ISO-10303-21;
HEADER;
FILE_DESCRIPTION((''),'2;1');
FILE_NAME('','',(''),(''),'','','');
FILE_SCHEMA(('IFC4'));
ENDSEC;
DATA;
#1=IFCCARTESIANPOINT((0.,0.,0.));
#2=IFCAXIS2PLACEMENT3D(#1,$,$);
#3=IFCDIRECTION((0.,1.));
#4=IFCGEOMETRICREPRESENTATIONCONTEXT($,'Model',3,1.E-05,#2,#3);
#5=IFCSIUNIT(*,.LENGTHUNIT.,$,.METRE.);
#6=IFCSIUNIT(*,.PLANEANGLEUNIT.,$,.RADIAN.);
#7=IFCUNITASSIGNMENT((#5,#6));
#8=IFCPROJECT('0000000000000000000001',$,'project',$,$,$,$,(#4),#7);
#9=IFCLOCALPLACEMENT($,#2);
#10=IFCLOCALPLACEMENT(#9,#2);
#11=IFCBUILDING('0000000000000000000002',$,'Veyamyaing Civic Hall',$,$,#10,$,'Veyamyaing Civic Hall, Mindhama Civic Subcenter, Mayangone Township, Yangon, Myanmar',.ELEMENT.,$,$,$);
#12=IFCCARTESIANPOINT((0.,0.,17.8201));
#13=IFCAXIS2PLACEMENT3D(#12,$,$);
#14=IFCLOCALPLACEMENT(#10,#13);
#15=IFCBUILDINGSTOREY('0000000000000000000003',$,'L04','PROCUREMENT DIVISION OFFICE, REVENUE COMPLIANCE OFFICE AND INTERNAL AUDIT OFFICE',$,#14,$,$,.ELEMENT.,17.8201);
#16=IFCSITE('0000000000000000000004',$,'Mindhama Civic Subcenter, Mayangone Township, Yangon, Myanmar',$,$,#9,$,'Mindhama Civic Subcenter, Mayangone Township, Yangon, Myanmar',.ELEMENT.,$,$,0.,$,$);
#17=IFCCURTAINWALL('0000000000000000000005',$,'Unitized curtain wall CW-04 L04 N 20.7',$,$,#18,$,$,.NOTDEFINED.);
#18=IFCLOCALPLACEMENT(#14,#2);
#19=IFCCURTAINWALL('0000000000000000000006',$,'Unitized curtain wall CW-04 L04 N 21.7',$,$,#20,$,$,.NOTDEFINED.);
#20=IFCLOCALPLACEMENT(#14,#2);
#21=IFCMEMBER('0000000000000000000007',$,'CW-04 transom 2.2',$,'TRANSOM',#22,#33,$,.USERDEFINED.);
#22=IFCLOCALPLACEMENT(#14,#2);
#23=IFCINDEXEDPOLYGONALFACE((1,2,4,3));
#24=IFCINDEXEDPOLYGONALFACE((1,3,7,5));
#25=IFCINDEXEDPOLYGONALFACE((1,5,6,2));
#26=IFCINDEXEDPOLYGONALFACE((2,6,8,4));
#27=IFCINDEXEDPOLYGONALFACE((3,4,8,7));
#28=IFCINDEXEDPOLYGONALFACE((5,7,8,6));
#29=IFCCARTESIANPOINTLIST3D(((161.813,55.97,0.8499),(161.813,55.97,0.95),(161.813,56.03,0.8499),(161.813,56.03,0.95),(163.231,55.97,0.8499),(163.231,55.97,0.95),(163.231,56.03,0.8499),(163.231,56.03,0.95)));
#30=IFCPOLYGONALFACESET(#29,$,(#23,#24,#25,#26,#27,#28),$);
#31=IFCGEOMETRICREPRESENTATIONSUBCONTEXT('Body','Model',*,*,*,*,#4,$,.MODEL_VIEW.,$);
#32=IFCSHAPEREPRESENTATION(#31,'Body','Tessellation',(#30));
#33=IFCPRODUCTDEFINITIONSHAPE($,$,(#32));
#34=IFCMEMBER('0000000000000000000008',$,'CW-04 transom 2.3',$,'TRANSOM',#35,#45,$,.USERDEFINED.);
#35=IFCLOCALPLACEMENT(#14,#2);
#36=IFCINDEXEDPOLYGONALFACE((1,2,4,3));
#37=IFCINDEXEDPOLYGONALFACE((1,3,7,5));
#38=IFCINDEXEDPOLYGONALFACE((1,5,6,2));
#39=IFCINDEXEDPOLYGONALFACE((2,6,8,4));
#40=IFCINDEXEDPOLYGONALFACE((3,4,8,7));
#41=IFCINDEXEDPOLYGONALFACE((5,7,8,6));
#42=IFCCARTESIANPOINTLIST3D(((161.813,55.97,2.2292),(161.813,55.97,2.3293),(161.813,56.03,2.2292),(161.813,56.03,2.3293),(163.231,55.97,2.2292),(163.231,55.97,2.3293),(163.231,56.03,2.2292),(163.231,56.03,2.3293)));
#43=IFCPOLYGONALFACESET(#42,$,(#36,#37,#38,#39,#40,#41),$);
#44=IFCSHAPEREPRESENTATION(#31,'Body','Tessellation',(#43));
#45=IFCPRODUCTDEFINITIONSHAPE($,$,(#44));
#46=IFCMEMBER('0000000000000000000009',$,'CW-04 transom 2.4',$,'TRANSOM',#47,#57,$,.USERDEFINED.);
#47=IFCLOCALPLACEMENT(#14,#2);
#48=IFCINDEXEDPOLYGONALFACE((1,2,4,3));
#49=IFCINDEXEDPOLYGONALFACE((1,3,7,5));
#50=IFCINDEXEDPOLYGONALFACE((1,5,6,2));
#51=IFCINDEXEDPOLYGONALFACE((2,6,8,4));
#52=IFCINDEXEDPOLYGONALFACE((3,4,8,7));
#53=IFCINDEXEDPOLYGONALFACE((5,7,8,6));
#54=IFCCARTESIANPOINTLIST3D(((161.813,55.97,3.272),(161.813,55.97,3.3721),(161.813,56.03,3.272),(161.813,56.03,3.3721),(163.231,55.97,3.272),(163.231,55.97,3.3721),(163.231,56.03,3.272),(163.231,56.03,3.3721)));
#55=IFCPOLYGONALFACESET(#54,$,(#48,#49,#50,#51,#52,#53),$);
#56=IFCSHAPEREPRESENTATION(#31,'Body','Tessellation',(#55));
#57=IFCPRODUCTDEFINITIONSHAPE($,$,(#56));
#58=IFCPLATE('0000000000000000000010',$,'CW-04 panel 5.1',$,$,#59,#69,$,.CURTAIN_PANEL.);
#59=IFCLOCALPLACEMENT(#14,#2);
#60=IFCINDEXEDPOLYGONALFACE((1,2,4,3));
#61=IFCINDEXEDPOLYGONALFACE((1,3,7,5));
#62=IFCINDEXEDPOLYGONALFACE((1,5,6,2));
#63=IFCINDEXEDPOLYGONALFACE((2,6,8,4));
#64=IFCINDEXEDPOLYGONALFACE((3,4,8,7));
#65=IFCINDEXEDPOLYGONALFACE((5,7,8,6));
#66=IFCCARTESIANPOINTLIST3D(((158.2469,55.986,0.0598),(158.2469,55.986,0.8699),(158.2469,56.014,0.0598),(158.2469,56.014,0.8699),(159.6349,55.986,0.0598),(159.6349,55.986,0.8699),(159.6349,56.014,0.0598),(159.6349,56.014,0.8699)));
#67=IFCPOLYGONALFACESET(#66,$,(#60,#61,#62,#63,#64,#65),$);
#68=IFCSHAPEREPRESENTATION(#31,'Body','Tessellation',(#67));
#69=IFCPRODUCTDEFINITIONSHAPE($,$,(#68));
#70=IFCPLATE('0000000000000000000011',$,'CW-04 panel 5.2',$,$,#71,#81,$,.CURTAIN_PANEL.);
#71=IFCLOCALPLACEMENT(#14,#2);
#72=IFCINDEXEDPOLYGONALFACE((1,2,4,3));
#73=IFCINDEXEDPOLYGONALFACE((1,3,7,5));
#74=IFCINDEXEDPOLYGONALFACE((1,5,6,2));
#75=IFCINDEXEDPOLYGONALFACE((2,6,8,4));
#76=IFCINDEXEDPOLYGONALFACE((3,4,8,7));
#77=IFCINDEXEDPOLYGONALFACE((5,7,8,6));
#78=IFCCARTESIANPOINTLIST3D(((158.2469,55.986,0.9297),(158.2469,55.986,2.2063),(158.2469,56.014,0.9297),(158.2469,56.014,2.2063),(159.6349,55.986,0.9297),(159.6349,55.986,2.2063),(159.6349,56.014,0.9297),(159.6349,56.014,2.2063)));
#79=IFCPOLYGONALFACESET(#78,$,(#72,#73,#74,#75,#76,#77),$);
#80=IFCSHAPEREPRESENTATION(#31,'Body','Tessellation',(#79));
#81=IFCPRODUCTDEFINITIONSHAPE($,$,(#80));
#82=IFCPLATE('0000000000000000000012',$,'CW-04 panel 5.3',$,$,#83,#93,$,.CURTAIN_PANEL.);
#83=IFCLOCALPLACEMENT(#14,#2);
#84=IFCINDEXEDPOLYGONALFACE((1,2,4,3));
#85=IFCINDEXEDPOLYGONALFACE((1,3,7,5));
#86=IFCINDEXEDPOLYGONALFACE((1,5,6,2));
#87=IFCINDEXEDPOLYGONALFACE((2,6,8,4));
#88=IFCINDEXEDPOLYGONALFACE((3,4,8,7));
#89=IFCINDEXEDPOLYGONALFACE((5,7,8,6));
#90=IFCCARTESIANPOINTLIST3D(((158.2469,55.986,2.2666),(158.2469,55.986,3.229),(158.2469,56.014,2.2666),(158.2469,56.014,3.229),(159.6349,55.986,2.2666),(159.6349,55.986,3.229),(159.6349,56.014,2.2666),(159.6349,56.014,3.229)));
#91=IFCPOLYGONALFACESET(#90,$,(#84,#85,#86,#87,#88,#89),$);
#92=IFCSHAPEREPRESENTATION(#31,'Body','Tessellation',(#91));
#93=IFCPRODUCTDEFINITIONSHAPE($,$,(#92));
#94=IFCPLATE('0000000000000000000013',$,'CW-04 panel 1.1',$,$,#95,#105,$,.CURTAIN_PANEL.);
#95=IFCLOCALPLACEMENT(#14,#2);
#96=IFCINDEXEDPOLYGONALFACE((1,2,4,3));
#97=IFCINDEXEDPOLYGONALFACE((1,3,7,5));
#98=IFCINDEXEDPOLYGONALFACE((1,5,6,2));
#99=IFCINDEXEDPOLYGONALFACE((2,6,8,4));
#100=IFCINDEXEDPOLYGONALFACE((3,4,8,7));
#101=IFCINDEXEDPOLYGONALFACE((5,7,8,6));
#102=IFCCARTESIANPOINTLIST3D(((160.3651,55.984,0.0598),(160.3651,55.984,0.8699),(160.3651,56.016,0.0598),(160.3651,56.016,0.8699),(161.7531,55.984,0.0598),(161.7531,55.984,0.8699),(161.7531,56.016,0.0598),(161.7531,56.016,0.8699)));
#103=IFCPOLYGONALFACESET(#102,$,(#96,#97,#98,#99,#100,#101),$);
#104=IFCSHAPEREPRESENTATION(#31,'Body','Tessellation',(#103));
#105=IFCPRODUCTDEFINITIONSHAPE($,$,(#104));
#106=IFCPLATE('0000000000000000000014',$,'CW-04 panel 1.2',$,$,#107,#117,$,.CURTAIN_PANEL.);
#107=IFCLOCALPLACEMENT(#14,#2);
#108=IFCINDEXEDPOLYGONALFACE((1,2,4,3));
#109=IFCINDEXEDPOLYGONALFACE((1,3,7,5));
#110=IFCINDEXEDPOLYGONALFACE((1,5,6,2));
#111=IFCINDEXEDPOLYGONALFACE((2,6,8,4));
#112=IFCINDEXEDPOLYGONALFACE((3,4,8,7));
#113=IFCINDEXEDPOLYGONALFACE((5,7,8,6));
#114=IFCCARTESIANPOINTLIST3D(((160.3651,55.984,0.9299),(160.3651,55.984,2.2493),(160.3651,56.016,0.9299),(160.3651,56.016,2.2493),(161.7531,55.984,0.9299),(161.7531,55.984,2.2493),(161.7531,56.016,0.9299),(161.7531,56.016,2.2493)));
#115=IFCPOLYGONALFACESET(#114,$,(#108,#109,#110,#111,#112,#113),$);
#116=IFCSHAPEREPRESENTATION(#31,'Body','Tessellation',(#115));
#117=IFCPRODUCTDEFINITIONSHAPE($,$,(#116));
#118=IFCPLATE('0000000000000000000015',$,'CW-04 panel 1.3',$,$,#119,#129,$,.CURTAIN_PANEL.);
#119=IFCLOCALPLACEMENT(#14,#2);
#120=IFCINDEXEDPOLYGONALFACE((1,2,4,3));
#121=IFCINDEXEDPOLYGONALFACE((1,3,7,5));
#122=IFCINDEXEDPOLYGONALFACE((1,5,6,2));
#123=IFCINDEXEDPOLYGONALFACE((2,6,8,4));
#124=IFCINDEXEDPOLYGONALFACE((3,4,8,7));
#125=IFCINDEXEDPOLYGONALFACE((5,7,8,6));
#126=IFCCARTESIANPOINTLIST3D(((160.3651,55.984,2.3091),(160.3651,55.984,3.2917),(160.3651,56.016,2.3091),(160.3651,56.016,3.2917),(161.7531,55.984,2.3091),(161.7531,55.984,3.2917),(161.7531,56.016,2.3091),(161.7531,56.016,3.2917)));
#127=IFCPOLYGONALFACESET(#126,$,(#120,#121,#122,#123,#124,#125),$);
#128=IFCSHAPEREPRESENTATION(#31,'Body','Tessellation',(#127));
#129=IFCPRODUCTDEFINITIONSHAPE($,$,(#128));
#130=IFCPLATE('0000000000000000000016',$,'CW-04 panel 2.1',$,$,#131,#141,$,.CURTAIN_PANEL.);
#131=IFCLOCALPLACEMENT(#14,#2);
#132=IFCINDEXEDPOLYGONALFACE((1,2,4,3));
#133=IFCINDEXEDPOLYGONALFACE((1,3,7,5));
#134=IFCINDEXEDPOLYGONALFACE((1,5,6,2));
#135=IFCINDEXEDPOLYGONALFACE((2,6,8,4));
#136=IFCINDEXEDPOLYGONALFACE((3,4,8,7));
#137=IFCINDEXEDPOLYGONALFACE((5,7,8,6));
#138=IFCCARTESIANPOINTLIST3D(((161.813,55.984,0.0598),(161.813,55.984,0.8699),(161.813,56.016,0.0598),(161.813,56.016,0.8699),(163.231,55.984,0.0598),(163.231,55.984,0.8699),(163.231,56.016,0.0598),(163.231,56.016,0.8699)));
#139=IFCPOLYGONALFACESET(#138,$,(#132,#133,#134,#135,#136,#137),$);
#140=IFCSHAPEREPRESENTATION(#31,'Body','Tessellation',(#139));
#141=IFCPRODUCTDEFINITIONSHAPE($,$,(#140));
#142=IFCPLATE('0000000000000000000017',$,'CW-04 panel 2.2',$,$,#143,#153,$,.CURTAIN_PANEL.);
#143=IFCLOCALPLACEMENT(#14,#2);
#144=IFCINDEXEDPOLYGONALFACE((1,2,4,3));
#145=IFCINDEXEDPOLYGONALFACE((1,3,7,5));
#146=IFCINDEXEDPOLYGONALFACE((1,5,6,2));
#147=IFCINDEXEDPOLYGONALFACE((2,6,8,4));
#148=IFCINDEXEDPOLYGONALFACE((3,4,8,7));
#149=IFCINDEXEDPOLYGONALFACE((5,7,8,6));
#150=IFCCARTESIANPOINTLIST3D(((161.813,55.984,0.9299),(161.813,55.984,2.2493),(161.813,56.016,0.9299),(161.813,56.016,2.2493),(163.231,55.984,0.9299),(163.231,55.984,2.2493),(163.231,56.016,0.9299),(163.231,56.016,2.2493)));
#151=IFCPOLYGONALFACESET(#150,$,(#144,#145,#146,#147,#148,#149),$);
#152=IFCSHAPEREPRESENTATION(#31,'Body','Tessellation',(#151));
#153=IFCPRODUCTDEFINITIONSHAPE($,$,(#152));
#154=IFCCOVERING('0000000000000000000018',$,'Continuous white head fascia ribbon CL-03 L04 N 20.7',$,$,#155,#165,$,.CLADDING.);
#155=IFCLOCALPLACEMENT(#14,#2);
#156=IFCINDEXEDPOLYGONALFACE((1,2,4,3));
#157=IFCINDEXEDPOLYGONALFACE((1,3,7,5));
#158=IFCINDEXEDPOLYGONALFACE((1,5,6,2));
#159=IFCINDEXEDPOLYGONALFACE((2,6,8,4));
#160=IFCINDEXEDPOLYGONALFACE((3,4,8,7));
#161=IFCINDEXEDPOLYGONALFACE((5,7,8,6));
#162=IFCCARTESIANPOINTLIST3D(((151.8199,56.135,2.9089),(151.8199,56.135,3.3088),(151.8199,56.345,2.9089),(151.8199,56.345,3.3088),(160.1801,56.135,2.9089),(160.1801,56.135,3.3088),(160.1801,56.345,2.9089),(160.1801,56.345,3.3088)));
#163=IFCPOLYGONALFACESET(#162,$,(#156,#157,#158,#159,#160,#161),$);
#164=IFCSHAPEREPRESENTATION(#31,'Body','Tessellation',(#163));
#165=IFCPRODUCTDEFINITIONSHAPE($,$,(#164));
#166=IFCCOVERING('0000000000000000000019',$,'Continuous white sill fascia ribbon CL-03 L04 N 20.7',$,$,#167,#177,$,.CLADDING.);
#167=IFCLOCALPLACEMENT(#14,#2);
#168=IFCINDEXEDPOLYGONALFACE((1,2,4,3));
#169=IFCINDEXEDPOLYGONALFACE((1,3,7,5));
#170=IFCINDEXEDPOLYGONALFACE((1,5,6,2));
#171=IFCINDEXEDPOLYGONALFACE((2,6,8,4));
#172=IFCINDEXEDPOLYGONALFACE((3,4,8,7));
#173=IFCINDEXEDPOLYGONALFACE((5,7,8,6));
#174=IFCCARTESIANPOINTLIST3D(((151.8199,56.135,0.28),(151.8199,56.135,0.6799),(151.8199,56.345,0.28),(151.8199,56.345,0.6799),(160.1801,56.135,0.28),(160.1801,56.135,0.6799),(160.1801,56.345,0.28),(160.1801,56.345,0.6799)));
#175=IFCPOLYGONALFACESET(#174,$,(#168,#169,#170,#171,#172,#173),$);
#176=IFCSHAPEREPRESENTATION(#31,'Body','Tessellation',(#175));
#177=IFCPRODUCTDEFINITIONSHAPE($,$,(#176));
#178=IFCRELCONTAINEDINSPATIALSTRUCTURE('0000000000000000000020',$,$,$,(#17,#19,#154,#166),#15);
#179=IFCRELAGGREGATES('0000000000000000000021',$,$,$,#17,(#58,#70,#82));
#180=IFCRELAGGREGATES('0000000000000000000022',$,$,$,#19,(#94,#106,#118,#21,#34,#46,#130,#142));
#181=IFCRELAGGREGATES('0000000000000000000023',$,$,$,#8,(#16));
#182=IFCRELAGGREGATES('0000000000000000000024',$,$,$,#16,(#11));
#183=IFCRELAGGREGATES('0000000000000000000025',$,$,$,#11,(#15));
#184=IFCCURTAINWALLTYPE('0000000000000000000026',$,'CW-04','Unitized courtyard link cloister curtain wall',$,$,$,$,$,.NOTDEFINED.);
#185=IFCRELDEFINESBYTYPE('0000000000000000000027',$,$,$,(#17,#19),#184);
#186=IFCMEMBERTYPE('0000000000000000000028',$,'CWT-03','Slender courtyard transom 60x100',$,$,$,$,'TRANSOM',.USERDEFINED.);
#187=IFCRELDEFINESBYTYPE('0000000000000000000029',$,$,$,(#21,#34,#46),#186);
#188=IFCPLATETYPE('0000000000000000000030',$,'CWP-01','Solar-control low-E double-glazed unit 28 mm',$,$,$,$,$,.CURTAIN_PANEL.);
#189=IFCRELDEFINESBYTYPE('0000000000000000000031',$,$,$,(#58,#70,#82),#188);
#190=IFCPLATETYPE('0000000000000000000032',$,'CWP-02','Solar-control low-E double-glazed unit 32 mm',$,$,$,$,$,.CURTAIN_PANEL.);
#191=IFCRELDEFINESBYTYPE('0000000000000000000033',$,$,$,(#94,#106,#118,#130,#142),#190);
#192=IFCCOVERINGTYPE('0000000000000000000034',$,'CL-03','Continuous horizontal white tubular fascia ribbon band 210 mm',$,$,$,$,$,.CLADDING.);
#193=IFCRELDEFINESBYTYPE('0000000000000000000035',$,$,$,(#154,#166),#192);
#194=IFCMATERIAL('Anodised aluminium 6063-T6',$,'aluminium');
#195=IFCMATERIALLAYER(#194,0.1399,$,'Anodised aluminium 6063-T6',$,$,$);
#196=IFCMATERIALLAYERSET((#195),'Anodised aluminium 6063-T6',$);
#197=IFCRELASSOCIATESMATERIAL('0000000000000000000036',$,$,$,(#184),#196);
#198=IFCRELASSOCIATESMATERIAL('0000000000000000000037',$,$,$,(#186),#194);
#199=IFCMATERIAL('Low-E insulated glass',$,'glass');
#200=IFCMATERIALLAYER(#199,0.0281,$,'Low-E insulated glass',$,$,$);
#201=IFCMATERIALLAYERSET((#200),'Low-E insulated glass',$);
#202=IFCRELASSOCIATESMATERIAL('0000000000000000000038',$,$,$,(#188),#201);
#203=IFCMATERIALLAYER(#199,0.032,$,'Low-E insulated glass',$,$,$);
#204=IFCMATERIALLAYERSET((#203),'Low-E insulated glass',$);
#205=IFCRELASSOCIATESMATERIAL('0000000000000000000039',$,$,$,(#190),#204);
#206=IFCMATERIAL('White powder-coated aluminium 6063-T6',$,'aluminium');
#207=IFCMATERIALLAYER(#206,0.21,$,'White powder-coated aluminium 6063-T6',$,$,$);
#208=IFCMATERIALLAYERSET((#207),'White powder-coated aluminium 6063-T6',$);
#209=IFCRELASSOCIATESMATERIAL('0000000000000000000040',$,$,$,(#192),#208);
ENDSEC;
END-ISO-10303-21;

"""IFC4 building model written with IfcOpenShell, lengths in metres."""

from ifc_helpers import new_model, si_unit, direction, frame, origin, origin_2d, place, context, subcontext, project, spatial, rectangle, extrude, material, layer, layer_set, material_profile, profile_set, type_object, element, aggregate, save


model = new_model("IFC4")

# Units and contexts
model_context = context("Model", 3, precision=1e-05, world=origin(), true_north=direction((0.0, 1.0)))
body_context = subcontext(model_context, "Body", "Model", "MODEL_VIEW")
ifc_project = project(units=[si_unit("LENGTHUNIT", "METRE"), si_unit("PLANEANGLEUNIT", "RADIAN")], contexts=[model_context])

# Site, building, storey
site_placement = place(None, origin())
site = spatial("IfcSite", under=ifc_project, at=site_placement, Name="Mindhama Civic Subcenter, Mayangone Township, Yangon, Myanmar", LongName="Mindhama Civic Subcenter, Mayangone Township, Yangon, Myanmar", CompositionType="ELEMENT", RefElevation=0.0)
building_placement = place(site_placement, origin())
building = spatial("IfcBuilding", under=site, at=building_placement, Name="Veyamyaing Civic Hall", LongName="Veyamyaing Civic Hall, Mindhama Civic Subcenter, Mayangone Township, Yangon, Myanmar", CompositionType="ELEMENT")
storey_placement = place(building_placement, frame((0.0, 0.0, 17.8201)))
storey = spatial("IfcBuildingStorey", under=building, at=storey_placement, Name="L04", Description="PROCUREMENT DIVISION OFFICE, REVENUE COMPLIANCE OFFICE AND INTERNAL AUDIT OFFICE", CompositionType="ELEMENT", Elevation=17.8201)

# Curtain wall
ifc_material_1 = material(Name="Anodised aluminium 6063-T6", Category="aluminium")
ifc_layer_1 = layer(ifc_material_1, 0.1399, Name="Anodised aluminium 6063-T6")
ifc_layer_set_1 = layer_set([ifc_layer_1], Name="Anodised aluminium 6063-T6")
curtain_wall_type = type_object("IfcCurtainWallType", Name="CW-04", Description="Unitized courtyard link cloister curtain wall", PredefinedType="NOTDEFINED", material=ifc_layer_set_1)
curtain_wall_1_placement = place(storey_placement, origin())
curtain_wall_1 = element("IfcCurtainWall", 1, at=curtain_wall_1_placement, inside=storey, type_object=curtain_wall_type, Name="Unitized curtain wall CW-04 L04 N 20.7", PredefinedType="NOTDEFINED")

# Curtain wall
curtain_wall_2_placement = place(storey_placement, origin())
curtain_wall_2 = element("IfcCurtainWall", 2, at=curtain_wall_2_placement, inside=storey, type_object=curtain_wall_type, Name="Unitized curtain wall CW-04 L04 N 21.7", PredefinedType="NOTDEFINED")

# Members
ifc_material_profile_1 = material_profile(ifc_material_1, rectangle(XDim=0.0601, YDim=0.1001, at=origin_2d()), Name="ALU-TRN-60X100")
ifc_profile_set_1 = profile_set([ifc_material_profile_1], Name="Anodised aluminium 6063-T6")
member_type_1 = type_object("IfcMemberType", Name="CWT-03", Description="Slender courtyard transom 60x100", ElementType="TRANSOM", PredefinedType="USERDEFINED", material=ifc_profile_set_1)
member_1_placement = place(storey_placement, frame((161.813, 56.0, 0.8999), z_axis=(1.0, 0.0, 0.0), x_axis=(0.0, 1.0, 0.0)))
member_1 = element("IfcMember", 3, at=member_1_placement, type_object=member_type_1, Name="CW-04 transom 2.2", ObjectType="TRANSOM", PredefinedType="USERDEFINED", context=body_context, shape_type="SweptSolid", body=[
    extrude(rectangle(XDim=0.0601, YDim=0.1001, at=origin_2d()), origin(), (0.0, 0.0, 1.0), 1.418),
])
member_2_placement = place(storey_placement, frame((161.813, 56.0, 2.2793), z_axis=(1.0, 0.0, 0.0), x_axis=(0.0, 1.0, 0.0)))
member_2 = element("IfcMember", 4, at=member_2_placement, type_object=member_type_1, Name="CW-04 transom 2.3", ObjectType="TRANSOM", PredefinedType="USERDEFINED", context=body_context, shape_type="SweptSolid", body=[
    extrude(rectangle(XDim=0.0601, YDim=0.1001, at=origin_2d()), origin(), (0.0, 0.0, 1.0), 1.418),
])
member_3_placement = place(storey_placement, frame((161.813, 56.0, 3.322), z_axis=(1.0, 0.0, 0.0), x_axis=(0.0, 1.0, 0.0)))
member_3 = element("IfcMember", 5, at=member_3_placement, type_object=member_type_1, Name="CW-04 transom 2.4", ObjectType="TRANSOM", PredefinedType="USERDEFINED", context=body_context, shape_type="SweptSolid", body=[
    extrude(rectangle(XDim=0.0601, YDim=0.1001, at=origin_2d()), origin(), (0.0, 0.0, 1.0), 1.418),
])

# Plates
ifc_material_2 = material(Name="Low-E insulated glass", Category="glass")
ifc_layer_2 = layer(ifc_material_2, 0.0281, Name="Low-E insulated glass")
ifc_layer_set_2 = layer_set([ifc_layer_2], Name="Low-E insulated glass")
plate_type_1 = type_object("IfcPlateType", Name="CWP-01", Description="Solar-control low-E double-glazed unit 28 mm", PredefinedType="CURTAIN_PANEL", material=ifc_layer_set_2)
plate_1_placement = place(storey_placement, frame((158.9409, 56.0, 0.0598), z_axis=(0.0, 0.0, 1.0), x_axis=(1.0, 0.0, 0.0)))
plate_1 = element("IfcPlate", 6, at=plate_1_placement, type_object=plate_type_1, Name="CW-04 panel 5.1", PredefinedType="CURTAIN_PANEL", context=body_context, shape_type="SweptSolid", body=[
    extrude(rectangle(XDim=1.3879, YDim=0.0281, at=origin_2d()), origin(), (0.0, 0.0, 1.0), 0.8101),
])
plate_2_placement = place(storey_placement, frame((158.9409, 56.0, 0.9297), z_axis=(0.0, 0.0, 1.0), x_axis=(1.0, 0.0, 0.0)))
plate_2 = element("IfcPlate", 7, at=plate_2_placement, type_object=plate_type_1, Name="CW-04 panel 5.2", PredefinedType="CURTAIN_PANEL", context=body_context, shape_type="SweptSolid", body=[
    extrude(rectangle(XDim=1.3879, YDim=0.0281, at=origin_2d()), origin(), (0.0, 0.0, 1.0), 1.2766),
])
plate_3_placement = place(storey_placement, frame((158.9409, 56.0, 2.2666), z_axis=(0.0, 0.0, 1.0), x_axis=(1.0, 0.0, 0.0)))
plate_3 = element("IfcPlate", 8, at=plate_3_placement, type_object=plate_type_1, Name="CW-04 panel 5.3", PredefinedType="CURTAIN_PANEL", context=body_context, shape_type="SweptSolid", body=[
    extrude(rectangle(XDim=1.3879, YDim=0.0281, at=origin_2d()), origin(), (0.0, 0.0, 1.0), 0.9624),
])
aggregate(curtain_wall_1, [plate_1, plate_2, plate_3])
ifc_layer_3 = layer(ifc_material_2, 0.032, Name="Low-E insulated glass")
ifc_layer_set_3 = layer_set([ifc_layer_3], Name="Low-E insulated glass")
plate_type_2 = type_object("IfcPlateType", Name="CWP-02", Description="Solar-control low-E double-glazed unit 32 mm", PredefinedType="CURTAIN_PANEL", material=ifc_layer_set_3)
plate_4_placement = place(storey_placement, frame((161.0591, 56.0, 0.0598), z_axis=(0.0, 0.0, 1.0), x_axis=(1.0, 0.0, 0.0)))
plate_4 = element("IfcPlate", 9, at=plate_4_placement, type_object=plate_type_2, Name="CW-04 panel 1.1", PredefinedType="CURTAIN_PANEL", context=body_context, shape_type="SweptSolid", body=[
    extrude(rectangle(XDim=1.3879, YDim=0.032, at=origin_2d()), origin(), (0.0, 0.0, 1.0), 0.8101),
])
plate_5_placement = place(storey_placement, frame((161.0591, 56.0, 0.9299), z_axis=(0.0, 0.0, 1.0), x_axis=(1.0, 0.0, 0.0)))
plate_5 = element("IfcPlate", 10, at=plate_5_placement, type_object=plate_type_2, Name="CW-04 panel 1.2", PredefinedType="CURTAIN_PANEL", context=body_context, shape_type="SweptSolid", body=[
    extrude(rectangle(XDim=1.3879, YDim=0.032, at=origin_2d()), origin(), (0.0, 0.0, 1.0), 1.3193),
])
plate_6_placement = place(storey_placement, frame((161.0591, 56.0, 2.3091), z_axis=(0.0, 0.0, 1.0), x_axis=(1.0, 0.0, 0.0)))
plate_6 = element("IfcPlate", 11, at=plate_6_placement, type_object=plate_type_2, Name="CW-04 panel 1.3", PredefinedType="CURTAIN_PANEL", context=body_context, shape_type="SweptSolid", body=[
    extrude(rectangle(XDim=1.3879, YDim=0.032, at=origin_2d()), origin(), (0.0, 0.0, 1.0), 0.9827),
])
plate_7_placement = place(storey_placement, frame((162.522, 56.0, 0.0598), z_axis=(0.0, 0.0, 1.0), x_axis=(1.0, 0.0, 0.0)))
plate_7 = element("IfcPlate", 12, at=plate_7_placement, type_object=plate_type_2, Name="CW-04 panel 2.1", PredefinedType="CURTAIN_PANEL", context=body_context, shape_type="SweptSolid", body=[
    extrude(rectangle(XDim=1.418, YDim=0.032, at=origin_2d()), origin(), (0.0, 0.0, 1.0), 0.8101),
])
plate_8_placement = place(storey_placement, frame((162.522, 56.0, 0.9299), z_axis=(0.0, 0.0, 1.0), x_axis=(1.0, 0.0, 0.0)))
plate_8 = element("IfcPlate", 13, at=plate_8_placement, type_object=plate_type_2, Name="CW-04 panel 2.2", PredefinedType="CURTAIN_PANEL", context=body_context, shape_type="SweptSolid", body=[
    extrude(rectangle(XDim=1.418, YDim=0.032, at=origin_2d()), origin(), (0.0, 0.0, 1.0), 1.3193),
])
aggregate(curtain_wall_2, [plate_4, plate_5, plate_6, member_1, member_2, member_3, plate_7, plate_8])

# Coverings
ifc_material_3 = material(Name="White powder-coated aluminium 6063-T6", Category="aluminium")
ifc_layer_4 = layer(ifc_material_3, 0.21, Name="White powder-coated aluminium 6063-T6")
ifc_layer_set_4 = layer_set([ifc_layer_4], Name="White powder-coated aluminium 6063-T6")
covering_type = type_object("IfcCoveringType", Name="CL-03", Description="Continuous horizontal white tubular fascia ribbon band 210 mm", PredefinedType="CLADDING", material=ifc_layer_set_4)
for number, where, z_axis, x_axis, name in (
    (14, (156.0, 56.24, 2.9089), (0.0, 0.0, 1.0), (1.0, 0.0, 0.0), "Continuous white head fascia ribbon CL-03 L04 N 20.7"),
    (15, (156.0, 56.24, 0.28), (0.0, 0.0, 1.0), (1.0, 0.0, 0.0), "Continuous white sill fascia ribbon CL-03 L04 N 20.7"),
):
    element("IfcCovering", number, at=place(storey_placement, frame(where, z_axis=z_axis, x_axis=x_axis)), inside=storey, type_object=covering_type, Name=name, PredefinedType="CLADDING", context=body_context, shape_type="SweptSolid", body=[
        extrude(rectangle(XDim=8.3601, YDim=0.21, at=origin_2d()), origin(), (0.0, 0.0, 1.0), 0.3999),
    ])

save(model, "model.ifc")
